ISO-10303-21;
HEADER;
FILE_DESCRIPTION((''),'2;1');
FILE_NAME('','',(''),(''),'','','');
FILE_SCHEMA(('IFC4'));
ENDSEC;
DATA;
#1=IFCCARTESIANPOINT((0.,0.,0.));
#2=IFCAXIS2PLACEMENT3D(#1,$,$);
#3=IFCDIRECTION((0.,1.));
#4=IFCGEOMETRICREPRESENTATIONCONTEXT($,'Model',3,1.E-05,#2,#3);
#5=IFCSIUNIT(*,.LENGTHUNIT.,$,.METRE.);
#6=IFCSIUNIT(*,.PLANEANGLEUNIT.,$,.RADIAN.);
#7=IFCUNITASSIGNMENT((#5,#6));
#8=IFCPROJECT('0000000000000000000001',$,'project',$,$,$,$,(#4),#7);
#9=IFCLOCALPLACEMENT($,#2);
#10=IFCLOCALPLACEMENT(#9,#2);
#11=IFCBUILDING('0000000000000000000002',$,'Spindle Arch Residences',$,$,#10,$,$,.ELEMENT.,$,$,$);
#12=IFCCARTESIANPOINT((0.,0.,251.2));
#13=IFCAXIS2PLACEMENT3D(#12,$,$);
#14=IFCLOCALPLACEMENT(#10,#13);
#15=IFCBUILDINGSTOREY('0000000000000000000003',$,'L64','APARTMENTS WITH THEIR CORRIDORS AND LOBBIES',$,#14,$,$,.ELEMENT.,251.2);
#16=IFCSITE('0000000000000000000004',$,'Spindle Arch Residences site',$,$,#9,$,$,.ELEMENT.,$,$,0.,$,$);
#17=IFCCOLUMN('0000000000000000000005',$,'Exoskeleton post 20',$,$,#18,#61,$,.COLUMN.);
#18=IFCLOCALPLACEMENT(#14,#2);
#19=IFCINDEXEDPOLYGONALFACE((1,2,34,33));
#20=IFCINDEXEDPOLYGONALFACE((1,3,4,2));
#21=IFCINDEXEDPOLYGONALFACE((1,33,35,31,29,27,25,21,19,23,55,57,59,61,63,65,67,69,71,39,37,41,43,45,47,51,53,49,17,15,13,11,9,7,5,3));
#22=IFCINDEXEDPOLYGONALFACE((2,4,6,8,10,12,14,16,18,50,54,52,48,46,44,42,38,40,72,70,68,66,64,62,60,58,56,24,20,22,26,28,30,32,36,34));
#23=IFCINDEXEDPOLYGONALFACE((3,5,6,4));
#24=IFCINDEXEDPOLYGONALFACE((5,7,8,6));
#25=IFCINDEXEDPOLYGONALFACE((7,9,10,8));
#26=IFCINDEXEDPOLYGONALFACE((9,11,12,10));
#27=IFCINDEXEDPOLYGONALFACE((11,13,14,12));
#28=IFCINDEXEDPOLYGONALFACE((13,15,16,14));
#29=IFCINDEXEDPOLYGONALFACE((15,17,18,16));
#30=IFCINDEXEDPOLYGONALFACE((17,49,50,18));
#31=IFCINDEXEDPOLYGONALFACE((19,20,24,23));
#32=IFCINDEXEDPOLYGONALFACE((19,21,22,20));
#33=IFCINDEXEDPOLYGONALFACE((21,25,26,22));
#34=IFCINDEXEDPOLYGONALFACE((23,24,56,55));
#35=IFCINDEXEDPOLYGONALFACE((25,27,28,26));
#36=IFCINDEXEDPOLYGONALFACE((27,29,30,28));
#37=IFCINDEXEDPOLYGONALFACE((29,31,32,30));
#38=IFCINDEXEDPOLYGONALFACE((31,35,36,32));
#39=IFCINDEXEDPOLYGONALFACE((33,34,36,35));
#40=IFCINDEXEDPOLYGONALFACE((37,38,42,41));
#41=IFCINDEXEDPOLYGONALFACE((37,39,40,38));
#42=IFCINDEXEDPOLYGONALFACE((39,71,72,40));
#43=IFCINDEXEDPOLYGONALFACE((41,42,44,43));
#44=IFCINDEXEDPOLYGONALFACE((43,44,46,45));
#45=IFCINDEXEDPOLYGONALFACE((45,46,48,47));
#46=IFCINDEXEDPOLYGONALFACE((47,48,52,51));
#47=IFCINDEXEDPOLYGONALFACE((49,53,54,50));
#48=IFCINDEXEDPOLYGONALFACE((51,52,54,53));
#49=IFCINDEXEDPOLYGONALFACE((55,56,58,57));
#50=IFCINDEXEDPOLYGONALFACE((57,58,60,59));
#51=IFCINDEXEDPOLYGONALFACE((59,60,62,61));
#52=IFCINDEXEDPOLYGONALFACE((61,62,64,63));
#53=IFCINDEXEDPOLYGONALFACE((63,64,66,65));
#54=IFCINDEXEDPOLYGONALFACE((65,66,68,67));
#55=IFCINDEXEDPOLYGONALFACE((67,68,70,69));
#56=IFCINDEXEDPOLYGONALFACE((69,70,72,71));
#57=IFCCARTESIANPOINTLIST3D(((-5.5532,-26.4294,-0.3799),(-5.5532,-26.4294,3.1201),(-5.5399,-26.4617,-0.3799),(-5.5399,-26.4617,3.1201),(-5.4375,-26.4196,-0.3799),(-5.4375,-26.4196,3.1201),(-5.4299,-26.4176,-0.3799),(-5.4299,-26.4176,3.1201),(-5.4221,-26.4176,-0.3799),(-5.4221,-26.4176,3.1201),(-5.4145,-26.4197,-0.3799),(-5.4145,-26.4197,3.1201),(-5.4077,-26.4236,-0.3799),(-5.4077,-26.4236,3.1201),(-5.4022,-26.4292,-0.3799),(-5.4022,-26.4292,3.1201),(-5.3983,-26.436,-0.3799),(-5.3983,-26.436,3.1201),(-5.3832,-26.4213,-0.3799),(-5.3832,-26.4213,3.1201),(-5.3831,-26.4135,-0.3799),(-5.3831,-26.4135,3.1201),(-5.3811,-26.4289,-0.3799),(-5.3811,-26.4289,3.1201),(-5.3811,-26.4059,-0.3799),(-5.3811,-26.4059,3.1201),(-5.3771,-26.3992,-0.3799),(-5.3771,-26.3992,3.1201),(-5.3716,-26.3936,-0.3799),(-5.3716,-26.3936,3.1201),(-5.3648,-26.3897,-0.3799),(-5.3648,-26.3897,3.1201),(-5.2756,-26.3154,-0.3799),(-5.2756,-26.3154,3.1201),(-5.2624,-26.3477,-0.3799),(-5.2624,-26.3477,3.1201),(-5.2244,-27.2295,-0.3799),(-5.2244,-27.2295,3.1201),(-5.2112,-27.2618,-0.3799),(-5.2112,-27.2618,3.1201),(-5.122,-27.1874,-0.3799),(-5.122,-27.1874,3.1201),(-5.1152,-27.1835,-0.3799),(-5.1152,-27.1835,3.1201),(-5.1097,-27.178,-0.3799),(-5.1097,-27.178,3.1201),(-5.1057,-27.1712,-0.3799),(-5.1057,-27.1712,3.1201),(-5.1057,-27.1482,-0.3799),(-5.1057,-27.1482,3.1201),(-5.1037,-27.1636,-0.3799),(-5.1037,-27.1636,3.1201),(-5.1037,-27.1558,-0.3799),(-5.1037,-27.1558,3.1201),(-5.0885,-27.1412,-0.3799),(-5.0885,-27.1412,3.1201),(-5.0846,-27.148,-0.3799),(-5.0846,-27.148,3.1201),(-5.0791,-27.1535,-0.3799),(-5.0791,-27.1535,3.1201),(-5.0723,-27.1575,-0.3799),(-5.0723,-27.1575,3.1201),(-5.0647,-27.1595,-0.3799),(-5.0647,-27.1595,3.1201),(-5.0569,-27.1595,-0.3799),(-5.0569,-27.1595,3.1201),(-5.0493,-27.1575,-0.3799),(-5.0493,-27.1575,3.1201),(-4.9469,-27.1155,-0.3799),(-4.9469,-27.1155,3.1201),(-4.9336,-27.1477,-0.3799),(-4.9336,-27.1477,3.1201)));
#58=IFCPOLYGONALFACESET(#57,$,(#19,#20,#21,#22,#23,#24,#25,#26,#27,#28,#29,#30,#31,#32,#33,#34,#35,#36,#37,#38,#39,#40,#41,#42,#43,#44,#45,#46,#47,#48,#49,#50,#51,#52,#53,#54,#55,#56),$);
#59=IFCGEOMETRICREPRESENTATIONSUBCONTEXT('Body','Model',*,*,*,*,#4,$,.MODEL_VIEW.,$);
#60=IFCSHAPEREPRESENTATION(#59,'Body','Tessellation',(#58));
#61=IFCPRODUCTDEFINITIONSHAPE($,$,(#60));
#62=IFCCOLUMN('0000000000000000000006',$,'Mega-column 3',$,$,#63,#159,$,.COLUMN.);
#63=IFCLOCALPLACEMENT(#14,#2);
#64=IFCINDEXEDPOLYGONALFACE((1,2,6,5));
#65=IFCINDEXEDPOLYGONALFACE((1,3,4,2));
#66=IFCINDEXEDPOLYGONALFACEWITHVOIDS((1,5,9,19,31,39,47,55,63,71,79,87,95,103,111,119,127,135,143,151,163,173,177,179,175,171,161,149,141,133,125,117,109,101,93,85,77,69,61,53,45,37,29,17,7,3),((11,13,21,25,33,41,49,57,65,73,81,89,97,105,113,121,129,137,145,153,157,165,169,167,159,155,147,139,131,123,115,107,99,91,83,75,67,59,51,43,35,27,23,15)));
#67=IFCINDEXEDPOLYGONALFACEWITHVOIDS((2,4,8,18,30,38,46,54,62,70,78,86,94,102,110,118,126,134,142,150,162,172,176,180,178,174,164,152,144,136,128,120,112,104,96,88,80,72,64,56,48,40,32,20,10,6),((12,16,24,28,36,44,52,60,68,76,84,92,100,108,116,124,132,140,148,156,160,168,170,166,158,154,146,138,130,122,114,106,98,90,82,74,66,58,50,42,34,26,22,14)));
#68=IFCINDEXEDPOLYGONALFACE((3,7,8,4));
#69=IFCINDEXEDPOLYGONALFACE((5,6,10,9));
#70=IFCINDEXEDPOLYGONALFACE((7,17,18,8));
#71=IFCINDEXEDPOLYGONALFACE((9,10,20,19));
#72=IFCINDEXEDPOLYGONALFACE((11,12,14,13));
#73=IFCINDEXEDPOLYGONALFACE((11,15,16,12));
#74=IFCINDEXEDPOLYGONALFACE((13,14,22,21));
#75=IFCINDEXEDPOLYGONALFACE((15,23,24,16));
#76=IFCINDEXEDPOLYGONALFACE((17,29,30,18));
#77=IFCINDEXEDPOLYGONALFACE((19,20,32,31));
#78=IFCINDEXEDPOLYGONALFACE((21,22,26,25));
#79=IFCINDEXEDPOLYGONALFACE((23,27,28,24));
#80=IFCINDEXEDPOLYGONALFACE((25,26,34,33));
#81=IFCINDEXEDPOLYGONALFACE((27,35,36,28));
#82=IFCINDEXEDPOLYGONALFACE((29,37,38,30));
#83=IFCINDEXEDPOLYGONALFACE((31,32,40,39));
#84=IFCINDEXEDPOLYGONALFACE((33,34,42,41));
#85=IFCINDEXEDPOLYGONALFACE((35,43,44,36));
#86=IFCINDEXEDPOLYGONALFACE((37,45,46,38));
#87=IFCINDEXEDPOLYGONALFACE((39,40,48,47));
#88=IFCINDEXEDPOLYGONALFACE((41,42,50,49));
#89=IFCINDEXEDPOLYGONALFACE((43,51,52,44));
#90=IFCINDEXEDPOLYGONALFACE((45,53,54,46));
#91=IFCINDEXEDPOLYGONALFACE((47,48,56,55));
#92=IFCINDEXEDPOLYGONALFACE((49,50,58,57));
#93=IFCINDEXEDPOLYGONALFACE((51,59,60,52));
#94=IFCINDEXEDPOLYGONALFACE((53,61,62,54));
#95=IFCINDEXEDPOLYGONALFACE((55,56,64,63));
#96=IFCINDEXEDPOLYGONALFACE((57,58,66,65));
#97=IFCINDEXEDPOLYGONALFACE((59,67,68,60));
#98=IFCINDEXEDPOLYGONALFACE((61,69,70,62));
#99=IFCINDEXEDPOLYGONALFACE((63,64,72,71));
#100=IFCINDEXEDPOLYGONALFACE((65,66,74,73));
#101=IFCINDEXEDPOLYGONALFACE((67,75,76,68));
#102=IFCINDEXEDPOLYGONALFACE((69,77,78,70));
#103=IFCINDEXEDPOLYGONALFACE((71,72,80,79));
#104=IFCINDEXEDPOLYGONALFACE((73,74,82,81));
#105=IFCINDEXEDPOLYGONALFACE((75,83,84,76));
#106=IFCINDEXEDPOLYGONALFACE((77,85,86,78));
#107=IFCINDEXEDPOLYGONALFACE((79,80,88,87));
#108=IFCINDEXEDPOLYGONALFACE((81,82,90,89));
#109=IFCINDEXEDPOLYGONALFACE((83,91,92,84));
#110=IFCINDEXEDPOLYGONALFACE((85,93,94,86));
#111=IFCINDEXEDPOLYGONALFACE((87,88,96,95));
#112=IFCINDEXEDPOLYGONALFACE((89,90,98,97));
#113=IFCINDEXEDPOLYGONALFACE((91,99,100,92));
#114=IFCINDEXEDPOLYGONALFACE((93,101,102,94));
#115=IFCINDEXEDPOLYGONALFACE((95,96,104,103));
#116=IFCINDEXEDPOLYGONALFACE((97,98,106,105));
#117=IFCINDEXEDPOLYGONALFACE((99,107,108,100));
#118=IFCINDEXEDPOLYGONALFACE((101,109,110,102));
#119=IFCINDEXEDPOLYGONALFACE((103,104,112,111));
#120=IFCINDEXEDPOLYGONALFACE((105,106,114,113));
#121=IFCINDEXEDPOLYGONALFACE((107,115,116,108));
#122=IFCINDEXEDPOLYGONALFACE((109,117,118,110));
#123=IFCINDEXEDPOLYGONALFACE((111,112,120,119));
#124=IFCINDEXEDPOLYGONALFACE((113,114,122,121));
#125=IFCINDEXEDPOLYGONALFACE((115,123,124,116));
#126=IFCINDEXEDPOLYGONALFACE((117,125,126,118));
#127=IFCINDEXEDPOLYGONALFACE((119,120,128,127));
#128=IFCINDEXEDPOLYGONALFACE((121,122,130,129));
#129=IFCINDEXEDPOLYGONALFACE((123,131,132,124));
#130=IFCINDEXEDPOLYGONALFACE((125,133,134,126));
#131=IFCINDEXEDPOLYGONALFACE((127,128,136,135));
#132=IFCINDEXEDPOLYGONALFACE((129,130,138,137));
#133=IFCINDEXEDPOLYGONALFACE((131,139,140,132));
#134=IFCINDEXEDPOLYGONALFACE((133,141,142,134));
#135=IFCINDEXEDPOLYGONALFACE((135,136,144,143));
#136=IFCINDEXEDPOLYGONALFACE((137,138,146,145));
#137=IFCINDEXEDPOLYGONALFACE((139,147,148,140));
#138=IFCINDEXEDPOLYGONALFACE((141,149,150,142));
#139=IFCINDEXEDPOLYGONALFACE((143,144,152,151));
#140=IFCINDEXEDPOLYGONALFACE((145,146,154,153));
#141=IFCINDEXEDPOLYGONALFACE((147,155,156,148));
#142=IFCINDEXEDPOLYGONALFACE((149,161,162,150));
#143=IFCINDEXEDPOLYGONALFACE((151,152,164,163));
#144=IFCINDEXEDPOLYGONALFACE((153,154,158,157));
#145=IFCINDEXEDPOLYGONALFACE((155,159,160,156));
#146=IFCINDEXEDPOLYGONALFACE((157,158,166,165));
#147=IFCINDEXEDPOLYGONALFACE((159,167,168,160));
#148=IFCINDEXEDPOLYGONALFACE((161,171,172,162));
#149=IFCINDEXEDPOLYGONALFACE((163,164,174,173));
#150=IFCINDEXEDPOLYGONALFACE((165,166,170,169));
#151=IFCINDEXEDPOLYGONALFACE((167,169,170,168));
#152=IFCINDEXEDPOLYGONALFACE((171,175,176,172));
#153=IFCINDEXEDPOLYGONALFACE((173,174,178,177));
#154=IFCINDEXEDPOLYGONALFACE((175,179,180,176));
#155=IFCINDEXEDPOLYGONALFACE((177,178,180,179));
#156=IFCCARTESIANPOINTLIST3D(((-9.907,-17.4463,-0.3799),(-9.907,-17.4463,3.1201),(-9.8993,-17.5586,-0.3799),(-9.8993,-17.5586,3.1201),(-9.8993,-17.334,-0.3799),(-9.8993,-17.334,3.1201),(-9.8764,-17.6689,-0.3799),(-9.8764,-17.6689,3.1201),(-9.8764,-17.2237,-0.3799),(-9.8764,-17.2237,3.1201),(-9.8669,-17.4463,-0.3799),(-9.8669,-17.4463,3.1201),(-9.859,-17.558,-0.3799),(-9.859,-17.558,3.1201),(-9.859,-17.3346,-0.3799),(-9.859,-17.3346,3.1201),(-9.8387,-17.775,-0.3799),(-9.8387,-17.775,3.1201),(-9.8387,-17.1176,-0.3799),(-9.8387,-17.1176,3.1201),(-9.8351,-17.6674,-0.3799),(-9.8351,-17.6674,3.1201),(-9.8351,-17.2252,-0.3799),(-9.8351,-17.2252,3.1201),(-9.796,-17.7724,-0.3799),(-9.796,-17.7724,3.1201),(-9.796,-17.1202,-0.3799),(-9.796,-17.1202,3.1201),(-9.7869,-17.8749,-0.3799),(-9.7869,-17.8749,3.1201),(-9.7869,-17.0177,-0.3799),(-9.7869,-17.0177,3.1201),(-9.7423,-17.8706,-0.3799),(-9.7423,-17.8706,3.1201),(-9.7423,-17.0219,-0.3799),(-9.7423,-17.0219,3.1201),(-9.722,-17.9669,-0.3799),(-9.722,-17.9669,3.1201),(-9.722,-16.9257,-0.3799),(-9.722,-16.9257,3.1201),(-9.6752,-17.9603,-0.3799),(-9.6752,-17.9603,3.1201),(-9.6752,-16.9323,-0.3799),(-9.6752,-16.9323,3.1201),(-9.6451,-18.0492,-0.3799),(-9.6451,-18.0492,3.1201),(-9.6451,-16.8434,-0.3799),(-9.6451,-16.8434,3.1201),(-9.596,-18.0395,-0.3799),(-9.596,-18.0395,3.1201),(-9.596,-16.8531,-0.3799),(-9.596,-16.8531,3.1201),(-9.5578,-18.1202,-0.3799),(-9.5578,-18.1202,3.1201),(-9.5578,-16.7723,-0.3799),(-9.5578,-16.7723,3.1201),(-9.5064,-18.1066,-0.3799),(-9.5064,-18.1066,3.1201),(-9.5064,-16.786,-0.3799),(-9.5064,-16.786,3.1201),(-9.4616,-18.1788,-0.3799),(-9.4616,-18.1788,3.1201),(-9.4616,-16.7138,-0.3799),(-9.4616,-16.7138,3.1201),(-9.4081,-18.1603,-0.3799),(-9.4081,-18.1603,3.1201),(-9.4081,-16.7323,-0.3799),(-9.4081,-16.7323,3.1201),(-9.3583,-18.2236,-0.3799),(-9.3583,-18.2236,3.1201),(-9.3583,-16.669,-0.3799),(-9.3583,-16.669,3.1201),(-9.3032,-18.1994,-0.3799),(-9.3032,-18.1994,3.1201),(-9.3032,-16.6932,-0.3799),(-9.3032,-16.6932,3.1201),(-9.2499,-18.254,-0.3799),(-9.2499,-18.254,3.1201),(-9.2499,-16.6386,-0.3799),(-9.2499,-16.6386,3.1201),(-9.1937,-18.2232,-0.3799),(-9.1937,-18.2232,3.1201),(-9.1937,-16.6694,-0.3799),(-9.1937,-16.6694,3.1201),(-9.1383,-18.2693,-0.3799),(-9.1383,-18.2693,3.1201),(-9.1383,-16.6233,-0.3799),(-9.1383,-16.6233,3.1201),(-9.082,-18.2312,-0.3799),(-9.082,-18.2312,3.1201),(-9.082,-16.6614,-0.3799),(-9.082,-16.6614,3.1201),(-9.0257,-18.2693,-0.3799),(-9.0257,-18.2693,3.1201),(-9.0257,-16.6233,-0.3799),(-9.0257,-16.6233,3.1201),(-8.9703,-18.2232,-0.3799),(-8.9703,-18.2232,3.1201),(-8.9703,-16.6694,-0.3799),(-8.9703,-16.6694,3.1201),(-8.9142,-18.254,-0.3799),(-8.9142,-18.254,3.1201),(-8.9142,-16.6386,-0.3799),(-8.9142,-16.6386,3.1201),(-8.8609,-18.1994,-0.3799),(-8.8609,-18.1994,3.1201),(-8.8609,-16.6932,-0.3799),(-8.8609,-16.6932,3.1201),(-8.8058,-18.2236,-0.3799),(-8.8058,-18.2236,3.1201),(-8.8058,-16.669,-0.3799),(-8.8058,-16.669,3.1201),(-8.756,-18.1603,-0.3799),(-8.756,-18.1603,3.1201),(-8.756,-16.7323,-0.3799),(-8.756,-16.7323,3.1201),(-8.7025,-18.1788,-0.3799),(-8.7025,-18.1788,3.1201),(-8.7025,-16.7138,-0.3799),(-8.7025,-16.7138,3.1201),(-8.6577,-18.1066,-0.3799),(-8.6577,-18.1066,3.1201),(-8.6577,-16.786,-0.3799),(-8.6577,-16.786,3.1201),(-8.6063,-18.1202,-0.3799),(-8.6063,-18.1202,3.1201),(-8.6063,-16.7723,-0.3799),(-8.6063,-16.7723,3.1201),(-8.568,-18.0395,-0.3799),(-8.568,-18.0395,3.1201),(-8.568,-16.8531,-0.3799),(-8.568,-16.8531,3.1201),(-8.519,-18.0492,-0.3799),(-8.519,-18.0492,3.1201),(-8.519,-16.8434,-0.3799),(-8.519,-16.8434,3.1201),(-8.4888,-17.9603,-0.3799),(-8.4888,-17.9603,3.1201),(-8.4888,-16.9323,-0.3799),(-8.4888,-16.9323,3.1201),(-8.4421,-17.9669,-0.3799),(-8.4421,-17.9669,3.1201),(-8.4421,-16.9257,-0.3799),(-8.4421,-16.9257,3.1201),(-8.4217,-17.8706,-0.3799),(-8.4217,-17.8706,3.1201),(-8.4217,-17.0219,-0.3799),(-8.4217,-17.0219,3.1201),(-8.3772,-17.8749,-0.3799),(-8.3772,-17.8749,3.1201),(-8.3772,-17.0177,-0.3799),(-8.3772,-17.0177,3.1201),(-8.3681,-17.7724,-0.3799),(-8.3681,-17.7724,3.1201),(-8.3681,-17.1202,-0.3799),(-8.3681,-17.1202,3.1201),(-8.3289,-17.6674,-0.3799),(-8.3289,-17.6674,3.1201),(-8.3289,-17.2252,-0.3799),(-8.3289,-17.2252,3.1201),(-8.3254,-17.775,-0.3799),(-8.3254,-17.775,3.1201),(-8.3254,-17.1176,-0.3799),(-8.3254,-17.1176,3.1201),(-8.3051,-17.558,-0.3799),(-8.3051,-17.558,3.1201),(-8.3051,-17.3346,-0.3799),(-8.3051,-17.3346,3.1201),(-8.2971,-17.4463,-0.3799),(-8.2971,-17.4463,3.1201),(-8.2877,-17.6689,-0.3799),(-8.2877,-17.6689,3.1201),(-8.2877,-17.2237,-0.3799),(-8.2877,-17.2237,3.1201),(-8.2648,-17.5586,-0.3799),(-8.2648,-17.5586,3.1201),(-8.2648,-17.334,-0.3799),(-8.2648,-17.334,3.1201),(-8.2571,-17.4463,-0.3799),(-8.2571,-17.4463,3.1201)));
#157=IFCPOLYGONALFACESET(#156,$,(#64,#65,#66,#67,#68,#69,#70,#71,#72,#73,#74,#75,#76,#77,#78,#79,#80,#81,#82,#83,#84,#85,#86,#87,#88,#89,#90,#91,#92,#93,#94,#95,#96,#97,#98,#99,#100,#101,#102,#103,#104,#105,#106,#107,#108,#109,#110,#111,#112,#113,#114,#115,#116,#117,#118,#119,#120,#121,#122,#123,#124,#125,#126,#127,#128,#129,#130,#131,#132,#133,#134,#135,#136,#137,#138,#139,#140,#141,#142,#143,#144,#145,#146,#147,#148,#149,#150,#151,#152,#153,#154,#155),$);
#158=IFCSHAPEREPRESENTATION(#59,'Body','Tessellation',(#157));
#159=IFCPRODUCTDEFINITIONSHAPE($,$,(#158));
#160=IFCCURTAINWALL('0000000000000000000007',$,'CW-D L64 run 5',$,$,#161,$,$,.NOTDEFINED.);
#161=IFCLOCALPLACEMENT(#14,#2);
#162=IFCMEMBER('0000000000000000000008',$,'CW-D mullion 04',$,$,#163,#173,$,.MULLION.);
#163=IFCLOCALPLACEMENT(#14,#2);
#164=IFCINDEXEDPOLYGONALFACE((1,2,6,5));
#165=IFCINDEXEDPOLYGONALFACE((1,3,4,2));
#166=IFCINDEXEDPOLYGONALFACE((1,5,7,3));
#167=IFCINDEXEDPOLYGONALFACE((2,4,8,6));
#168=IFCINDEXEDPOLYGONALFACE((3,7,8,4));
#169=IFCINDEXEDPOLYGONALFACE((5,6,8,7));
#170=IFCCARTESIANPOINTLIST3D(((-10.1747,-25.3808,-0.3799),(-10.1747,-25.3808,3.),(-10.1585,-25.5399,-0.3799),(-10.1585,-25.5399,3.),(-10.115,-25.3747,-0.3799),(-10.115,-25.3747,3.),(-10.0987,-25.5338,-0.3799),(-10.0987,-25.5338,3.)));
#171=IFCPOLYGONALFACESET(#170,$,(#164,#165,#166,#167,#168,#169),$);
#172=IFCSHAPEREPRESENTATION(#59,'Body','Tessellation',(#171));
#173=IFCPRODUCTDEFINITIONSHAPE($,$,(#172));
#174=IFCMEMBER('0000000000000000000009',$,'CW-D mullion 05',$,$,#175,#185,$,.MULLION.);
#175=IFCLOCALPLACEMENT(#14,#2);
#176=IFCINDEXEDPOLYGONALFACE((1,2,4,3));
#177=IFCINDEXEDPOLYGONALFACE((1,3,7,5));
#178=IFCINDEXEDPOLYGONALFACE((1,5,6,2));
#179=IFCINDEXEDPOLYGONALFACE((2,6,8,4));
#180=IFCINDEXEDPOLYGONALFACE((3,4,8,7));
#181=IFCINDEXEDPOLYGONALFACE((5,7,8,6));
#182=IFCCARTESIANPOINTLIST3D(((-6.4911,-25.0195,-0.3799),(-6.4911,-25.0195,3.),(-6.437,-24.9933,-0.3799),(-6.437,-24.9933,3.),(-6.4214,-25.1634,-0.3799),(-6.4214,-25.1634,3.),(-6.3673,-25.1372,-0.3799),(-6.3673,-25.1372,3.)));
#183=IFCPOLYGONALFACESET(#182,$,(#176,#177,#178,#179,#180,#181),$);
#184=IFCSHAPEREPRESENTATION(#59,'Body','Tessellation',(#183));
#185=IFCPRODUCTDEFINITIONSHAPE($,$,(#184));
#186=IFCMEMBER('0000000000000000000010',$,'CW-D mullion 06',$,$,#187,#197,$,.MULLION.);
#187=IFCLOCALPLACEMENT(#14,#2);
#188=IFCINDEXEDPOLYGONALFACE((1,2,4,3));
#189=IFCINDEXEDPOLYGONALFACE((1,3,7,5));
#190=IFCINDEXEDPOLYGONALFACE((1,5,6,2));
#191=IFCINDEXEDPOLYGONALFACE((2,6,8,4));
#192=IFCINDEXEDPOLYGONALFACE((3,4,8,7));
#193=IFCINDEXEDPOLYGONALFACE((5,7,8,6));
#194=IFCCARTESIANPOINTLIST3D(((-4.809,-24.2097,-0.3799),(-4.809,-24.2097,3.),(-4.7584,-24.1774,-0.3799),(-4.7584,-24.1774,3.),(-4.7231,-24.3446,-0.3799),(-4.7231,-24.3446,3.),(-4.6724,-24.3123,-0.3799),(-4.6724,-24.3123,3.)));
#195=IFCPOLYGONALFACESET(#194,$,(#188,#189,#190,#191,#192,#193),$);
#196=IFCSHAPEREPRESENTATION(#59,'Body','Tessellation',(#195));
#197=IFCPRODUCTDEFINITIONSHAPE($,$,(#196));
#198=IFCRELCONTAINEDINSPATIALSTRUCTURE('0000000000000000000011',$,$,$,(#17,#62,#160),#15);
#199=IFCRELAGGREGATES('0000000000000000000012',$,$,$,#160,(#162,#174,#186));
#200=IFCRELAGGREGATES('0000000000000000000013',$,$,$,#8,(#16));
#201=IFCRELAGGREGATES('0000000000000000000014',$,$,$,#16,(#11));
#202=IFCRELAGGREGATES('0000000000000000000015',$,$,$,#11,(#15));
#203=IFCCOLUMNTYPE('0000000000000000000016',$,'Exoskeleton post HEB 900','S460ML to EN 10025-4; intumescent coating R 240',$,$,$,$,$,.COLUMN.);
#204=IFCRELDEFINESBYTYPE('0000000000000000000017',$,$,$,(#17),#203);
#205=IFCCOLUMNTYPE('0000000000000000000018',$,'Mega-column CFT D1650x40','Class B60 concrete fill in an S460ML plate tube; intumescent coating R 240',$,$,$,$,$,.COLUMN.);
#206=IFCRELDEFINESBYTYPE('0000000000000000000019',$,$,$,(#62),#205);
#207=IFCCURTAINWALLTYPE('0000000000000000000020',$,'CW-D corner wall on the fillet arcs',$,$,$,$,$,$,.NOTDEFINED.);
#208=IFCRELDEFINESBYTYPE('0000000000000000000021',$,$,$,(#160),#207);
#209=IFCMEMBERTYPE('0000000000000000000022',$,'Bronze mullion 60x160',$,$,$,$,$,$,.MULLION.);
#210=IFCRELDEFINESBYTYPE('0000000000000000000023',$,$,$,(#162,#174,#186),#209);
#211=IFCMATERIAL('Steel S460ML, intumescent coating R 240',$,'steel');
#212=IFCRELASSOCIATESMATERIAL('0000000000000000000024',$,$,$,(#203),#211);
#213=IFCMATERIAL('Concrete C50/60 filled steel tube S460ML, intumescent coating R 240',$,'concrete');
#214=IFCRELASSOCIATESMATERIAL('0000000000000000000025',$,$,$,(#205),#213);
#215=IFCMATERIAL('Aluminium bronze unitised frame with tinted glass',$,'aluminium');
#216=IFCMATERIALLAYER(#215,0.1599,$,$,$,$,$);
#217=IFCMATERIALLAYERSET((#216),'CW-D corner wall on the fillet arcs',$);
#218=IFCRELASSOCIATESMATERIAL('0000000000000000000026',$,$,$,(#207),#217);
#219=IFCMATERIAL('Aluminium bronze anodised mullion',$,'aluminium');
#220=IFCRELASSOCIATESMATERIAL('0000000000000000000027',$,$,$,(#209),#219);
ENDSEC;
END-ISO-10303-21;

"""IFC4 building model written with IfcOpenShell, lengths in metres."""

from ifc_helpers import new_model, si_unit, direction, frame, origin, origin_2d, place, context, subcontext, project, spatial, rectangle, hollow_circle, i_section, extrude, material, layer, layer_set, material_profile, profile_set, type_object, element, aggregate, save


model = new_model("IFC4")

# Units and contexts
model_context = context("Model", 3, precision=1e-05, world=origin(), true_north=direction((0.0, 1.0)))
body_context = subcontext(model_context, "Body", "Model", "MODEL_VIEW")
ifc_project = project(units=[si_unit("LENGTHUNIT", "METRE"), si_unit("PLANEANGLEUNIT", "RADIAN")], contexts=[model_context])

# Site, building, storey
site_placement = place(None, origin())
site = spatial("IfcSite", under=ifc_project, at=site_placement, Name="Spindle Arch Residences site", CompositionType="ELEMENT", RefElevation=0.0)
building_placement = place(site_placement, origin())
building = spatial("IfcBuilding", under=site, at=building_placement, Name="Spindle Arch Residences", CompositionType="ELEMENT")
storey_placement = place(building_placement, frame((0.0, 0.0, 251.2)))
storey = spatial("IfcBuildingStorey", under=building, at=storey_placement, Name="L64", Description="APARTMENTS WITH THEIR CORRIDORS AND LOBBIES", CompositionType="ELEMENT", Elevation=251.2)

# Columns
ifc_material_1 = material(Name="Steel S460ML, intumescent coating R 240", Category="steel")
ifc_material_profile_1 = material_profile(ifc_material_1, i_section(OverallWidth=0.3, OverallDepth=0.8999, WebThickness=0.0186, FlangeThickness=0.0349, FilletRadius=0.03, at=origin_2d()), Name="HEB 900")
ifc_profile_set_1 = profile_set([ifc_material_profile_1], Name="Steel S460ML, intumescent coating R 240")
column_type_1 = type_object("IfcColumnType", Name="Exoskeleton post HEB 900", Description="S460ML to EN 10025-4; intumescent coating R 240", PredefinedType="COLUMN", material=ifc_profile_set_1)
column_1_placement = place(storey_placement, frame((-5.2434, -26.7886, -0.3799), z_axis=(0.0, 0.0, 1.0), x_axis=(-0.924968, -0.380046, 0.0)))
element("IfcColumn", 1, at=column_1_placement, inside=storey, type_object=column_type_1, Name="Exoskeleton post 20", PredefinedType="COLUMN", context=body_context, shape_type="SweptSolid", body=[
    extrude(i_section(OverallWidth=0.3, OverallDepth=0.8999, WebThickness=0.0186, FlangeThickness=0.0349, FilletRadius=0.03, at=origin_2d()), origin(), (0.0, 0.0, 1.0), 3.5),
])
ifc_material_2 = material(Name="Concrete C50/60 filled steel tube S460ML, intumescent coating R 240", Category="concrete")
ifc_material_profile_2 = material_profile(ifc_material_2, hollow_circle(Radius=0.825, WallThickness=0.04, at=origin_2d()), Name="CFT D1650x40")
ifc_profile_set_2 = profile_set([ifc_material_profile_2], Name="Concrete C50/60 filled steel tube S460ML, intumescent coating R 240")
column_type_2 = type_object("IfcColumnType", Name="Mega-column CFT D1650x40", Description="Class B60 concrete fill in an S460ML plate tube; intumescent coating R 240", PredefinedType="COLUMN", material=ifc_profile_set_2)
column_2_placement = place(storey_placement, frame((-9.082, -17.4463, -0.3799), z_axis=(0.0, 0.0, 1.0), x_axis=(1.0, 0.0, 0.0)))
element("IfcColumn", 2, at=column_2_placement, inside=storey, type_object=column_type_2, Name="Mega-column 3", PredefinedType="COLUMN", context=body_context, shape_type="SweptSolid", body=[
    extrude(hollow_circle(Radius=0.825, WallThickness=0.04, at=origin_2d()), origin(), (0.0, 0.0, 1.0), 3.5),
])

# Curtain wall, members
ifc_material_3 = material(Name="Aluminium bronze unitised frame with tinted glass", Category="aluminium")
ifc_layer_1 = layer(ifc_material_3, 0.1599)
ifc_layer_set_1 = layer_set([ifc_layer_1], Name="CW-D corner wall on the fillet arcs")
curtain_wall_type = type_object("IfcCurtainWallType", Name="CW-D corner wall on the fillet arcs", PredefinedType="NOTDEFINED", material=ifc_layer_set_1)
curtain_wall_placement = place(storey_placement, origin())
curtain_wall = element("IfcCurtainWall", 3, at=curtain_wall_placement, inside=storey, type_object=curtain_wall_type, Name="CW-D L64 run 5", PredefinedType="NOTDEFINED")
ifc_material_4 = material(Name="Aluminium bronze anodised mullion", Category="aluminium")
ifc_material_profile_3 = material_profile(ifc_material_4, rectangle(XDim=0.1599, YDim=0.0601, at=origin_2d()), Name="MU 60x160")
ifc_profile_set_3 = profile_set([ifc_material_profile_3], Name="Aluminium bronze anodised mullion")
member_type_1 = type_object("IfcMemberType", Name="Bronze mullion 60x160", PredefinedType="MULLION", material=ifc_profile_set_3)
member_1_placement = place(storey_placement, frame((-10.1367, -25.4573, -0.3799), z_axis=(0.0, 0.0, 1.0), x_axis=(-0.101635, 0.994822, 0.0)))
member_1 = element("IfcMember", 4, at=member_1_placement, type_object=member_type_1, Name="CW-D mullion 04", PredefinedType="MULLION", context=body_context, shape_type="SweptSolid", body=[
    extrude(rectangle(XDim=0.1599, YDim=0.0601, at=origin_2d()), origin(), (0.0, 0.0, 1.0), 3.3799),
])
member_2_placement = place(storey_placement, frame((-6.4292, -25.0784, -0.3799), z_axis=(0.0, 0.0, 1.0), x_axis=(-0.435755, 0.900065, 0.0)))
member_2 = element("IfcMember", 5, at=member_2_placement, type_object=member_type_1, Name="CW-D mullion 05", PredefinedType="MULLION", context=body_context, shape_type="SweptSolid", body=[
    extrude(rectangle(XDim=0.1599, YDim=0.0601, at=origin_2d()), origin(), (0.0, 0.0, 1.0), 3.3799),
])
member_3_placement = place(storey_placement, frame((-4.7407, -24.261, -0.3799), z_axis=(0.0, 0.0, 1.0), x_axis=(-0.5373, 0.843391, 0.0)))
member_3 = element("IfcMember", 6, at=member_3_placement, type_object=member_type_1, Name="CW-D mullion 06", PredefinedType="MULLION", context=body_context, shape_type="SweptSolid", body=[
    extrude(rectangle(XDim=0.1599, YDim=0.0601, at=origin_2d()), origin(), (0.0, 0.0, 1.0), 3.3799),
])

aggregate(curtain_wall, [member_1, member_2, member_3])

save(model, "model.ifc")
